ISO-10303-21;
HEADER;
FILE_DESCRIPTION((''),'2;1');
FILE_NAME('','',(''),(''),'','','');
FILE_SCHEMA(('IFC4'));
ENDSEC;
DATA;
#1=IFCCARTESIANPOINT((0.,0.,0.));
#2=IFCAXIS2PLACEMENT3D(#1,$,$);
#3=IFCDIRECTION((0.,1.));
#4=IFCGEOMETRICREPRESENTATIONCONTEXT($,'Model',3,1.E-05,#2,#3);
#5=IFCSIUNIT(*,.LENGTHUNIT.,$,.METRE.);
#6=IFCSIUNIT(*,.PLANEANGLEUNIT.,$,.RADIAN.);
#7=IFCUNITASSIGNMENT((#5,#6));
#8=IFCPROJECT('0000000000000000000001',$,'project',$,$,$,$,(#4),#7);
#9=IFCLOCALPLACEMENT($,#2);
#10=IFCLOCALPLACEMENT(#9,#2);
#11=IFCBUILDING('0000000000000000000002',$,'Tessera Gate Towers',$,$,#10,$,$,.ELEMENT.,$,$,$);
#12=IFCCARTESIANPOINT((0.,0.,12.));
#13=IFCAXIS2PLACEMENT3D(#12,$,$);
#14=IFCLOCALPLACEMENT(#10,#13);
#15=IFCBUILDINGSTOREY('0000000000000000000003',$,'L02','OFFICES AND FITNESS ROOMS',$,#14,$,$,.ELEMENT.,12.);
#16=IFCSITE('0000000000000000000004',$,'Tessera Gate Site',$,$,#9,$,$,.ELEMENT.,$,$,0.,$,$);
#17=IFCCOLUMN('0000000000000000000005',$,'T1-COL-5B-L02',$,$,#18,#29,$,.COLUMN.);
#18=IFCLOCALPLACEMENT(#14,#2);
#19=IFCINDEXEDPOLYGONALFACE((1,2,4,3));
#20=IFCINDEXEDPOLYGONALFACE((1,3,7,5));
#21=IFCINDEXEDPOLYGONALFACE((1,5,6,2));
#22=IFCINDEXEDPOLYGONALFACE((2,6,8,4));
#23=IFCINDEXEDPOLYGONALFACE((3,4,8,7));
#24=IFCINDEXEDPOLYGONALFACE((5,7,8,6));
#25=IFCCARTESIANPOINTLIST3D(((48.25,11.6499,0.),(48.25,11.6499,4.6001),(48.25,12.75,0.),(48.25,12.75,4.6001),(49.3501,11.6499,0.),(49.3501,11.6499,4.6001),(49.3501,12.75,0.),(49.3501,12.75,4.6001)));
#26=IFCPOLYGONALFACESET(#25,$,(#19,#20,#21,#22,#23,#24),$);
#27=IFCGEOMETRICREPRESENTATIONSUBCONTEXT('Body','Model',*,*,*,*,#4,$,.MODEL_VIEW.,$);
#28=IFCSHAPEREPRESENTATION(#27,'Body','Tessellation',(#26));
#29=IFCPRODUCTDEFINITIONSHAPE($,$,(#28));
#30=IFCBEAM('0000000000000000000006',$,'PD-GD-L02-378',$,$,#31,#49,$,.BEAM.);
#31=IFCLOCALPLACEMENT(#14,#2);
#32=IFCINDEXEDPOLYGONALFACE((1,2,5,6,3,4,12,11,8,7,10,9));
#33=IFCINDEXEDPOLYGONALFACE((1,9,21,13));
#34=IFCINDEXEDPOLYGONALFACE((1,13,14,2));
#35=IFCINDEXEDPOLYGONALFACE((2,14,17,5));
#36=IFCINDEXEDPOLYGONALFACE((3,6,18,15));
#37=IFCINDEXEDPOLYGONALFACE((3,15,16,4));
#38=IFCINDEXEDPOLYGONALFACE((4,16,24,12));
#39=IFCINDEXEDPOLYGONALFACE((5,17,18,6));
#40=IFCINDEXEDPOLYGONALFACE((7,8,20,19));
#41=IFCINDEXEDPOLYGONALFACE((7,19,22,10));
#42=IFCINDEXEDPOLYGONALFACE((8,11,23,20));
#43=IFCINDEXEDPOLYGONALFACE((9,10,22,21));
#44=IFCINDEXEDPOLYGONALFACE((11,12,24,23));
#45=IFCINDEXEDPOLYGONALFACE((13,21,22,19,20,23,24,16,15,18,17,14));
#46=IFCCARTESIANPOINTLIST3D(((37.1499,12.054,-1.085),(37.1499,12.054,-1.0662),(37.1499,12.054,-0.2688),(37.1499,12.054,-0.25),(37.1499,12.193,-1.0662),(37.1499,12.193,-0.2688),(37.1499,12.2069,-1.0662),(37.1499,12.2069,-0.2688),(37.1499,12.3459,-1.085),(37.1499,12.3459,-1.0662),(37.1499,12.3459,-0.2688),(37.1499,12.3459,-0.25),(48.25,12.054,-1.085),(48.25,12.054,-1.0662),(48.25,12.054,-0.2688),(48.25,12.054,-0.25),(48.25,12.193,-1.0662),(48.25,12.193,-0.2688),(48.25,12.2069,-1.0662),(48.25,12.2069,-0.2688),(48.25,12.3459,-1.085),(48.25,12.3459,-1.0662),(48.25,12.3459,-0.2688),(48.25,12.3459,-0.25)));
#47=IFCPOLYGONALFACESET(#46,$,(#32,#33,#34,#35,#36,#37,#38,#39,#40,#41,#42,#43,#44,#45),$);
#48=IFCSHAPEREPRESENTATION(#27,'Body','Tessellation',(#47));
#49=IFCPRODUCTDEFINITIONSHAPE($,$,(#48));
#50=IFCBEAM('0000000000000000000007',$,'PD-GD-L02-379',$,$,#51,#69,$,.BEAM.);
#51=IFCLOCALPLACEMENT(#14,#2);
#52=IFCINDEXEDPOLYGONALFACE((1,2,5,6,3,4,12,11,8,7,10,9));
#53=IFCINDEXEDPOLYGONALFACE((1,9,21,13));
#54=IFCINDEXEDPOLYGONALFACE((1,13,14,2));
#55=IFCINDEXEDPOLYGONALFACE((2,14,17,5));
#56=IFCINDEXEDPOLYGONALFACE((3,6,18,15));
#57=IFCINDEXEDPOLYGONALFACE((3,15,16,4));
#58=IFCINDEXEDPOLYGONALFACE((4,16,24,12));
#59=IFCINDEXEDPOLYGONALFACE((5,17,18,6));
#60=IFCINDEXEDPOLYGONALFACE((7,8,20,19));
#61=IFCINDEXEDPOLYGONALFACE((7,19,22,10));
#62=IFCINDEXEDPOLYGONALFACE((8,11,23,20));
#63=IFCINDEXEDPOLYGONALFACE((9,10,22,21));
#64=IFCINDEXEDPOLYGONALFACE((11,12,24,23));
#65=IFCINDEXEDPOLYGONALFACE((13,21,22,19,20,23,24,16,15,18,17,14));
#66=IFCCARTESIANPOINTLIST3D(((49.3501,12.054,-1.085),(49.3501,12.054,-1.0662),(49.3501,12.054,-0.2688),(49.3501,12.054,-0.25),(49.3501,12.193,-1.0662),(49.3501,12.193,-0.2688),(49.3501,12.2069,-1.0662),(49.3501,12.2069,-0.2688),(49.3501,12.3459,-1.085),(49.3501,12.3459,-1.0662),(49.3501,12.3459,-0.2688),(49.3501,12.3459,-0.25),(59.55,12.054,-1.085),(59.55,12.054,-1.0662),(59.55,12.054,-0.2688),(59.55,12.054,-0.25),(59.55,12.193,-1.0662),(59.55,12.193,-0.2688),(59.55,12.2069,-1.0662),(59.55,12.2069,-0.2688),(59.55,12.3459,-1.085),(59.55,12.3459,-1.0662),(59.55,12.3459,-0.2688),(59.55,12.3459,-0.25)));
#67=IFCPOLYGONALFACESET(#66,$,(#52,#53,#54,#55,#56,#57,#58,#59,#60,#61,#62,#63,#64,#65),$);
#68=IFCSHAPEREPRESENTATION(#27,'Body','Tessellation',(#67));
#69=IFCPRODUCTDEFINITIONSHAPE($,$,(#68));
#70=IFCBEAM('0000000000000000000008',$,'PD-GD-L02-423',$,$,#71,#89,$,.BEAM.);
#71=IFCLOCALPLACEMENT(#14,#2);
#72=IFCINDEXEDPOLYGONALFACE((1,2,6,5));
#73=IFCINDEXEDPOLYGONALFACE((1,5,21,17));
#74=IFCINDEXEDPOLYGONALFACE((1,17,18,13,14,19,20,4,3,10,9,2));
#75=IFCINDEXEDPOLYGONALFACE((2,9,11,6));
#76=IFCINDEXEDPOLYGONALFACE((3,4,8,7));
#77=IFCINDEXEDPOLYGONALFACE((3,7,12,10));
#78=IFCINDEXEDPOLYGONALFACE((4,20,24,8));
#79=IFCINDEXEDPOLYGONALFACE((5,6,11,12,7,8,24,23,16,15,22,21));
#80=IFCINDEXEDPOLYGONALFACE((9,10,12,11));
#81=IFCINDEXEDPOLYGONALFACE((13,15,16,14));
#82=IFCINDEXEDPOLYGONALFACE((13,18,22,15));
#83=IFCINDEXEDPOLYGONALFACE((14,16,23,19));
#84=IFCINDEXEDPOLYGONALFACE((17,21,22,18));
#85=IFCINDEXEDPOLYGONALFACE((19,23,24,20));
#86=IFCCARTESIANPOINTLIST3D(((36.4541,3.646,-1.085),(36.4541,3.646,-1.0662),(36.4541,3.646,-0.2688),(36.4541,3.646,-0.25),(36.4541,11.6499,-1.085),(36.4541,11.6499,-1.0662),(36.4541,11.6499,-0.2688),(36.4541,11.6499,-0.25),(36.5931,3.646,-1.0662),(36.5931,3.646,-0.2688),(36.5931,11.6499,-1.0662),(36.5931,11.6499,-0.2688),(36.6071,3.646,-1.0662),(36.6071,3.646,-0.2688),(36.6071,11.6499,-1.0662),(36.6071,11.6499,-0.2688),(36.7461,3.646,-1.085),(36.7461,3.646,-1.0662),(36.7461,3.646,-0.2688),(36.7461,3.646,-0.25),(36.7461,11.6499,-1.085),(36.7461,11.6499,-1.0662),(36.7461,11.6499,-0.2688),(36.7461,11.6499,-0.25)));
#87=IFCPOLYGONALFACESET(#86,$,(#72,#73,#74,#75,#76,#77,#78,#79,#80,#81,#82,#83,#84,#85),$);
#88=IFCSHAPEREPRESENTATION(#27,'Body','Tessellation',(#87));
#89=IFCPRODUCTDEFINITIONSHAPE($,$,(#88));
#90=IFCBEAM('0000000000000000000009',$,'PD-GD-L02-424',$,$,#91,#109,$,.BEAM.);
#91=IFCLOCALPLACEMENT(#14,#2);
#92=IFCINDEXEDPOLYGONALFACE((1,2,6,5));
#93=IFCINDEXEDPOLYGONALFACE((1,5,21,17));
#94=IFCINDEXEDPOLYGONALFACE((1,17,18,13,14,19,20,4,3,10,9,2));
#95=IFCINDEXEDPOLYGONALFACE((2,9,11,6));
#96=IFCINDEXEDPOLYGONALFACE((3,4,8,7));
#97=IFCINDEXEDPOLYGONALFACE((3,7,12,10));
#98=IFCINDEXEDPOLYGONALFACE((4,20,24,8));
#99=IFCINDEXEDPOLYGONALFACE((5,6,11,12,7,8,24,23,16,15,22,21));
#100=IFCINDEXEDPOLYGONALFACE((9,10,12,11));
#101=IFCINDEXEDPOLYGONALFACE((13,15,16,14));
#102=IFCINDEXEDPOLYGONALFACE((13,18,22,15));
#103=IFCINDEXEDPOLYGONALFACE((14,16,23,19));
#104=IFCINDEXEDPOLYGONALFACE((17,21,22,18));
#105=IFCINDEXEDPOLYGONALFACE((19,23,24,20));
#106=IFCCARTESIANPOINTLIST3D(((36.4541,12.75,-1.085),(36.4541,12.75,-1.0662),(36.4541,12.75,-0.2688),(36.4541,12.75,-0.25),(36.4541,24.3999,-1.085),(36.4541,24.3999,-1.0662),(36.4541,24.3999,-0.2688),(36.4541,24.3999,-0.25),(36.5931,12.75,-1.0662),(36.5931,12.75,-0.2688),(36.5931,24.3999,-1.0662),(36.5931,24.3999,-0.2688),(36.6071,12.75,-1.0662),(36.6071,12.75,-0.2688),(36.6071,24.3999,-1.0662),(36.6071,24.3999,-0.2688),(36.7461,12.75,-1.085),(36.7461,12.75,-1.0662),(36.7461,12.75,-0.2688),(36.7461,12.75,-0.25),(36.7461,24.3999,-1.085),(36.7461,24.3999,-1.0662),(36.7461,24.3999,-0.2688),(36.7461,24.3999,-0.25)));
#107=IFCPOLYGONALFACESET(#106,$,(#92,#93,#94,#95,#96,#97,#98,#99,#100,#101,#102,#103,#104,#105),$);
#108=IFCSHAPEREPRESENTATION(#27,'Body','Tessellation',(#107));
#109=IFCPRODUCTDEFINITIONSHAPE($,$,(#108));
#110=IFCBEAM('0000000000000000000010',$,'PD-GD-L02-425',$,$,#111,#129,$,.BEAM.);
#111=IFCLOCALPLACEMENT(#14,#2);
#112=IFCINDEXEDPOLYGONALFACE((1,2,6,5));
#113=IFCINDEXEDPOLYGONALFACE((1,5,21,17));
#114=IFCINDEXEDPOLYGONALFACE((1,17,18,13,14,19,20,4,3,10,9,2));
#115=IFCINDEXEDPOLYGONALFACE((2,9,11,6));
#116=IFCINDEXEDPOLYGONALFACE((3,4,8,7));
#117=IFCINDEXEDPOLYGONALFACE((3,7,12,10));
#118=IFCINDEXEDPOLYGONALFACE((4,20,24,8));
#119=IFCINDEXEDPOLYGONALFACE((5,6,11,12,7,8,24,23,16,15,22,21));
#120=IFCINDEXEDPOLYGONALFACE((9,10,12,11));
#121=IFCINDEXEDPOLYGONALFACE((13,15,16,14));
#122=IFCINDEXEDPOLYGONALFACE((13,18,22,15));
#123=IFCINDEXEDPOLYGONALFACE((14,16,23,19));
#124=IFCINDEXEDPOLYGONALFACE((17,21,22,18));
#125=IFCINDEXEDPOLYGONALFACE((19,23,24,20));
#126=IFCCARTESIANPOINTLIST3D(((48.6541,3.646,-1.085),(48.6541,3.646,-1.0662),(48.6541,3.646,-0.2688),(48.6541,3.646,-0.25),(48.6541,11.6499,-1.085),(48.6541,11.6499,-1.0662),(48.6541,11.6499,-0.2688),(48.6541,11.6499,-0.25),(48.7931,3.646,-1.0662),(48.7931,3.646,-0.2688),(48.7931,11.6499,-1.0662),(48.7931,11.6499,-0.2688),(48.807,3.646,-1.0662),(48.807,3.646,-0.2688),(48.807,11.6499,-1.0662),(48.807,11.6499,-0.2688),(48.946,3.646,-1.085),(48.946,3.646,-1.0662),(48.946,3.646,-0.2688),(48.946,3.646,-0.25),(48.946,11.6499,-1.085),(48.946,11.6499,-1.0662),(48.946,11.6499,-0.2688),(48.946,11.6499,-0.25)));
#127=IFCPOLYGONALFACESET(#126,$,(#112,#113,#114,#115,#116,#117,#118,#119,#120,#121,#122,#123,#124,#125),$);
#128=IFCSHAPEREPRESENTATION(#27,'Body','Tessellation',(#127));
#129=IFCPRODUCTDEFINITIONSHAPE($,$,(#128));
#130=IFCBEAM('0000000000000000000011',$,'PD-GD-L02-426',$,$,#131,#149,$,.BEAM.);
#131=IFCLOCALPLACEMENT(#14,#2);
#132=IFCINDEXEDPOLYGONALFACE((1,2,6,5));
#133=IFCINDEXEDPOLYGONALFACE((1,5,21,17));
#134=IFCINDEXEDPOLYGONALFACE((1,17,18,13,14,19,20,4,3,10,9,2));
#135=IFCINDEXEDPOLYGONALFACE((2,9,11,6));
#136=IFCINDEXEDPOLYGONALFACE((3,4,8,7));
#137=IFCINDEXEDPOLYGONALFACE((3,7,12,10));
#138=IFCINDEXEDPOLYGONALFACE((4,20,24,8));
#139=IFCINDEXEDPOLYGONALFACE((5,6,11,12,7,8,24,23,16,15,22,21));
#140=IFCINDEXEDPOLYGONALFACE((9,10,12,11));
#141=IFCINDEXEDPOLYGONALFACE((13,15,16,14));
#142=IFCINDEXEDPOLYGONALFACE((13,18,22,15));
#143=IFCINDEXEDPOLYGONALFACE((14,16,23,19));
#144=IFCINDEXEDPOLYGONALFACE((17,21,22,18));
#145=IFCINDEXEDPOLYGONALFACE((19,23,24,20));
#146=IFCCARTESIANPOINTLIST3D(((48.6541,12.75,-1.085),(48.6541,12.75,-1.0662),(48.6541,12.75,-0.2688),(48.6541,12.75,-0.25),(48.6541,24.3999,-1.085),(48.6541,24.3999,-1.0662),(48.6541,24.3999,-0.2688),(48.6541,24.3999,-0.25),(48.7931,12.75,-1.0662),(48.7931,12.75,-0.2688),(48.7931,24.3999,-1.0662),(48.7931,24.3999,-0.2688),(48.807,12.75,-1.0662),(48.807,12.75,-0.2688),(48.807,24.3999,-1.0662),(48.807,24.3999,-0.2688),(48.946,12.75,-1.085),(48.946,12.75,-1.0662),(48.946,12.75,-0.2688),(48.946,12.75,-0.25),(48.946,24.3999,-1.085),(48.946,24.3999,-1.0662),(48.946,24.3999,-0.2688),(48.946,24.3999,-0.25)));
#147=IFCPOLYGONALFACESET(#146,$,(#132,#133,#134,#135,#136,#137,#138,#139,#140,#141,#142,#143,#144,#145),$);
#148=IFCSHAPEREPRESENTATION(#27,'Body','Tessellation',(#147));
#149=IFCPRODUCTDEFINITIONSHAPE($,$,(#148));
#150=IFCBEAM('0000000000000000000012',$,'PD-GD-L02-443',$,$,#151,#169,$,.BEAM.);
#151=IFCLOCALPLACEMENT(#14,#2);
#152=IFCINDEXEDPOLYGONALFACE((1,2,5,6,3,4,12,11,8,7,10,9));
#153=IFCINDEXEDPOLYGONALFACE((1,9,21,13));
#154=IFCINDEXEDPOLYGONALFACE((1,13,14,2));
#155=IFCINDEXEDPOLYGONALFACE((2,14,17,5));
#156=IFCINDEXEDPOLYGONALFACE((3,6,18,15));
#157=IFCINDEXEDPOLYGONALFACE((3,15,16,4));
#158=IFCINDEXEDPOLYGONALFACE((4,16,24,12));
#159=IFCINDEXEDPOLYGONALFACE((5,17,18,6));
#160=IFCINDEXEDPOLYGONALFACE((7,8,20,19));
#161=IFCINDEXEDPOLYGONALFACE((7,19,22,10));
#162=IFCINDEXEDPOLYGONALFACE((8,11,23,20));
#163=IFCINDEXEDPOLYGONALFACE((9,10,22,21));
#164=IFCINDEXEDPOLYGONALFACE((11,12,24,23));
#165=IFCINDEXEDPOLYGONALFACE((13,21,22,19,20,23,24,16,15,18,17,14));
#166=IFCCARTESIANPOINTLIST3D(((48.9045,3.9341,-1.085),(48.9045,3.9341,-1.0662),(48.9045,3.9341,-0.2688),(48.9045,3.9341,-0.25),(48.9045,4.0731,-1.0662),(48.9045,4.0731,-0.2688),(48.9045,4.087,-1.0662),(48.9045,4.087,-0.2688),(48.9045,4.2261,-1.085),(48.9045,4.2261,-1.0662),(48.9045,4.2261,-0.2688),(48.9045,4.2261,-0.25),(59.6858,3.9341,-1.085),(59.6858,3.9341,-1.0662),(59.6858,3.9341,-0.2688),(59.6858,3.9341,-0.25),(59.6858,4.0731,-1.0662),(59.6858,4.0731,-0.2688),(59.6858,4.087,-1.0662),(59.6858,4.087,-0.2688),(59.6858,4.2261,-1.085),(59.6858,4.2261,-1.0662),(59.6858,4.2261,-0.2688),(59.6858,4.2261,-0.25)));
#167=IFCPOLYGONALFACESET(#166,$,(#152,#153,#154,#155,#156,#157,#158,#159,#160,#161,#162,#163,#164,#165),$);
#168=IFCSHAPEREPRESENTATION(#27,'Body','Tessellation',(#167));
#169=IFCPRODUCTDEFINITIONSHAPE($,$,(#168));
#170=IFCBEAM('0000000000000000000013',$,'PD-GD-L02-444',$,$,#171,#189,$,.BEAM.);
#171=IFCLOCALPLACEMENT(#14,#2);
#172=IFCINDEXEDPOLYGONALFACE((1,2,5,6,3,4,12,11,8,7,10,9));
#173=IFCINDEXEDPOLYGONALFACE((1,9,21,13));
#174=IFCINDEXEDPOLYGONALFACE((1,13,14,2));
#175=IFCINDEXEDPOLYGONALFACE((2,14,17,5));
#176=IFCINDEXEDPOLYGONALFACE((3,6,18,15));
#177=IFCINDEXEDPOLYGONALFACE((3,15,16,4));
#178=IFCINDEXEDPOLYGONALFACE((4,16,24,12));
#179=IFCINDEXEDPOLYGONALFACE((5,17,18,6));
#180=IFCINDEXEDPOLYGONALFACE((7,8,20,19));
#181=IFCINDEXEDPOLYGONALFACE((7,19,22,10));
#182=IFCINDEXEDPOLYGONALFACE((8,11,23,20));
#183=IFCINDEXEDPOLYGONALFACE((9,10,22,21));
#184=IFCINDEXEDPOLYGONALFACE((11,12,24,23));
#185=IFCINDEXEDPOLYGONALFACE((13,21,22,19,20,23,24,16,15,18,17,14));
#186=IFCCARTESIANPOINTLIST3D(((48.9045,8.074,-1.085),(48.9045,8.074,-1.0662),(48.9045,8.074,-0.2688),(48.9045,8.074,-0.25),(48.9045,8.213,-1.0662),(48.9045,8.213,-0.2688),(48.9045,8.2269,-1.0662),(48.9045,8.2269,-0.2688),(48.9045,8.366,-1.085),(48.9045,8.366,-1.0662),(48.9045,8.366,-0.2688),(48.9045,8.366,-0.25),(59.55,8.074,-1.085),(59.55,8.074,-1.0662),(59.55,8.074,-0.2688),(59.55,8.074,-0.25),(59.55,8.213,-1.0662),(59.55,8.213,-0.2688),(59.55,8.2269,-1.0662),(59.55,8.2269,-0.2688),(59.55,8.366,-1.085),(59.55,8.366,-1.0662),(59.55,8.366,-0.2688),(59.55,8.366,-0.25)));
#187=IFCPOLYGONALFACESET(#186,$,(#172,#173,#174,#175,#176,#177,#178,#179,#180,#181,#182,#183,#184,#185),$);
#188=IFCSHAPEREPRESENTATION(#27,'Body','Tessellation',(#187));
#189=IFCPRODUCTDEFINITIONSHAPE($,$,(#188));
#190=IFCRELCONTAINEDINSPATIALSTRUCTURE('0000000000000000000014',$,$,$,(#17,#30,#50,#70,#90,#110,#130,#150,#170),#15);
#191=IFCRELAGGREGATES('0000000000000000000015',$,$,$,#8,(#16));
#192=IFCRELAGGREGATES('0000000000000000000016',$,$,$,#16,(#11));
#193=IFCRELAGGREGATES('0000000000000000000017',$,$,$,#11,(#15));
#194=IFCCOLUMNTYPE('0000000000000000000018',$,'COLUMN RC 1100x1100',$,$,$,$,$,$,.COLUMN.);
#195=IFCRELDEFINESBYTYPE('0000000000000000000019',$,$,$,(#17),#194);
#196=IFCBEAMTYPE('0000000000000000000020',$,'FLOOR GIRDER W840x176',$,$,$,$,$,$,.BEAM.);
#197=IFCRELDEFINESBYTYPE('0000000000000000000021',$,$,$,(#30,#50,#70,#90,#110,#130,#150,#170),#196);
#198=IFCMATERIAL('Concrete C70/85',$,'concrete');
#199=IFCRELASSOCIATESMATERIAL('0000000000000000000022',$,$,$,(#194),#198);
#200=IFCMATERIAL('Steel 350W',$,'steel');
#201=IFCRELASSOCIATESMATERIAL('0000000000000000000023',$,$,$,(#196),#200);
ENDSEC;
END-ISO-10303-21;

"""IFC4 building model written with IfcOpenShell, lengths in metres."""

from ifc_helpers import new_model, si_unit, direction, frame, origin, origin_2d, place, context, subcontext, project, spatial, rectangle, i_section, extrude, material, material_profile, profile_set, type_object, element, save


model = new_model("IFC4")

# Units and contexts
model_context = context("Model", 3, precision=1e-05, world=origin(), true_north=direction((0.0, 1.0)))
body_context = subcontext(model_context, "Body", "Model", "MODEL_VIEW")
ifc_project = project(units=[si_unit("LENGTHUNIT", "METRE"), si_unit("PLANEANGLEUNIT", "RADIAN")], contexts=[model_context])

# Site, building, storey
site_placement = place(None, origin())
site = spatial("IfcSite", under=ifc_project, at=site_placement, Name="Tessera Gate Site", CompositionType="ELEMENT", RefElevation=0.0)
building_placement = place(site_placement, origin())
building = spatial("IfcBuilding", under=site, at=building_placement, Name="Tessera Gate Towers", CompositionType="ELEMENT")
storey_placement = place(building_placement, frame((0.0, 0.0, 12.0)))
storey = spatial("IfcBuildingStorey", under=building, at=storey_placement, Name="L02", Description="OFFICES AND FITNESS ROOMS", CompositionType="ELEMENT", Elevation=12.0)

# Column
ifc_material_1 = material(Name="Concrete C70/85", Category="concrete")
ifc_material_profile_1 = material_profile(ifc_material_1, rectangle(XDim=1.1001, YDim=1.1001, at=origin_2d()), Name="RC 1100x1100")
ifc_profile_set_1 = profile_set([ifc_material_profile_1], Name="Concrete C70/85")
column_type = type_object("IfcColumnType", Name="COLUMN RC 1100x1100", PredefinedType="COLUMN", material=ifc_profile_set_1)
column_placement = place(storey_placement, frame((48.8, 12.2, 0.0), z_axis=(0.0, 0.0, 1.0), x_axis=(1.0, 0.0, 0.0)))
element("IfcColumn", 1, at=column_placement, inside=storey, type_object=column_type, Name="T1-COL-5B-L02", PredefinedType="COLUMN", context=body_context, shape_type="SweptSolid", body=[
    extrude(rectangle(XDim=1.1001, YDim=1.1001, at=origin_2d()), origin(), (0.0, 0.0, 1.0), 4.6001),
])

# Beams
ifc_material_2 = material(Name="Steel 350W", Category="steel")
ifc_material_profile_2 = material_profile(ifc_material_2, i_section(OverallWidth=0.292, OverallDepth=0.835, WebThickness=0.0139, FlangeThickness=0.0188, at=origin_2d()), Name="W840x176")
ifc_profile_set_2 = profile_set([ifc_material_profile_2], Name="Steel 350W")
beam_type_1 = type_object("IfcBeamType", Name="FLOOR GIRDER W840x176", PredefinedType="BEAM", material=ifc_profile_set_2)
beam_1_placement = place(storey_placement, frame((37.1499, 12.2, -0.6675), z_axis=(1.0, 0.0, 0.0), x_axis=(0.0, 1.0, 0.0)))
element("IfcBeam", 2, at=beam_1_placement, inside=storey, type_object=beam_type_1, Name="PD-GD-L02-378", PredefinedType="BEAM", context=body_context, shape_type="SweptSolid", body=[
    extrude(i_section(OverallWidth=0.292, OverallDepth=0.835, WebThickness=0.0139, FlangeThickness=0.0188, at=origin_2d()), origin(), (0.0, 0.0, 1.0), 11.1001),
])
beam_2_placement = place(storey_placement, frame((49.3501, 12.2, -0.6675), z_axis=(1.0, 0.0, 0.0), x_axis=(0.0, 1.0, 0.0)))
element("IfcBeam", 3, at=beam_2_placement, inside=storey, type_object=beam_type_1, Name="PD-GD-L02-379", PredefinedType="BEAM", context=body_context, shape_type="SweptSolid", body=[
    extrude(i_section(OverallWidth=0.292, OverallDepth=0.835, WebThickness=0.0139, FlangeThickness=0.0188, at=origin_2d()), origin(), (0.0, 0.0, 1.0), 10.2),
])
beam_3_placement = place(storey_placement, frame((36.6001, 3.646, -0.6675), z_axis=(0.0, 1.0, 0.0), x_axis=(-1.0, 0.0, 0.0)))
element("IfcBeam", 4, at=beam_3_placement, inside=storey, type_object=beam_type_1, Name="PD-GD-L02-423", PredefinedType="BEAM", context=body_context, shape_type="SweptSolid", body=[
    extrude(i_section(OverallWidth=0.292, OverallDepth=0.835, WebThickness=0.0139, FlangeThickness=0.0188, at=origin_2d()), origin(), (0.0, 0.0, 1.0), 8.0039),
])
beam_4_placement = place(storey_placement, frame((36.6001, 12.75, -0.6675), z_axis=(0.0, 1.0, 0.0), x_axis=(-1.0, 0.0, 0.0)))
element("IfcBeam", 5, at=beam_4_placement, inside=storey, type_object=beam_type_1, Name="PD-GD-L02-424", PredefinedType="BEAM", context=body_context, shape_type="SweptSolid", body=[
    extrude(i_section(OverallWidth=0.292, OverallDepth=0.835, WebThickness=0.0139, FlangeThickness=0.0188, at=origin_2d()), origin(), (0.0, 0.0, 1.0), 11.6499),
])
beam_5_placement = place(storey_placement, frame((48.8, 3.646, -0.6675), z_axis=(0.0, 1.0, 0.0), x_axis=(-1.0, 0.0, 0.0)))
element("IfcBeam", 6, at=beam_5_placement, inside=storey, type_object=beam_type_1, Name="PD-GD-L02-425", PredefinedType="BEAM", context=body_context, shape_type="SweptSolid", body=[
    extrude(i_section(OverallWidth=0.292, OverallDepth=0.835, WebThickness=0.0139, FlangeThickness=0.0188, at=origin_2d()), origin(), (0.0, 0.0, 1.0), 8.0039),
])
beam_6_placement = place(storey_placement, frame((48.8, 12.75, -0.6675), z_axis=(0.0, 1.0, 0.0), x_axis=(-1.0, 0.0, 0.0)))
element("IfcBeam", 7, at=beam_6_placement, inside=storey, type_object=beam_type_1, Name="PD-GD-L02-426", PredefinedType="BEAM", context=body_context, shape_type="SweptSolid", body=[
    extrude(i_section(OverallWidth=0.292, OverallDepth=0.835, WebThickness=0.0139, FlangeThickness=0.0188, at=origin_2d()), origin(), (0.0, 0.0, 1.0), 11.6499),
])
beam_7_placement = place(storey_placement, frame((48.9045, 4.0801, -0.6675), z_axis=(1.0, 0.0, 0.0), x_axis=(0.0, 1.0, 0.0)))
element("IfcBeam", 8, at=beam_7_placement, inside=storey, type_object=beam_type_1, Name="PD-GD-L02-443", PredefinedType="BEAM", context=body_context, shape_type="SweptSolid", body=[
    extrude(i_section(OverallWidth=0.292, OverallDepth=0.835, WebThickness=0.0139, FlangeThickness=0.0188, at=origin_2d()), origin(), (0.0, 0.0, 1.0), 10.7812),
])
beam_8_placement = place(storey_placement, frame((48.9045, 8.22, -0.6675), z_axis=(1.0, 0.0, 0.0), x_axis=(0.0, 1.0, 0.0)))
element("IfcBeam", 9, at=beam_8_placement, inside=storey, type_object=beam_type_1, Name="PD-GD-L02-444", PredefinedType="BEAM", context=body_context, shape_type="SweptSolid", body=[
    extrude(i_section(OverallWidth=0.292, OverallDepth=0.835, WebThickness=0.0139, FlangeThickness=0.0188, at=origin_2d()), origin(), (0.0, 0.0, 1.0), 10.6455),
])

save(model, "model.ifc")
